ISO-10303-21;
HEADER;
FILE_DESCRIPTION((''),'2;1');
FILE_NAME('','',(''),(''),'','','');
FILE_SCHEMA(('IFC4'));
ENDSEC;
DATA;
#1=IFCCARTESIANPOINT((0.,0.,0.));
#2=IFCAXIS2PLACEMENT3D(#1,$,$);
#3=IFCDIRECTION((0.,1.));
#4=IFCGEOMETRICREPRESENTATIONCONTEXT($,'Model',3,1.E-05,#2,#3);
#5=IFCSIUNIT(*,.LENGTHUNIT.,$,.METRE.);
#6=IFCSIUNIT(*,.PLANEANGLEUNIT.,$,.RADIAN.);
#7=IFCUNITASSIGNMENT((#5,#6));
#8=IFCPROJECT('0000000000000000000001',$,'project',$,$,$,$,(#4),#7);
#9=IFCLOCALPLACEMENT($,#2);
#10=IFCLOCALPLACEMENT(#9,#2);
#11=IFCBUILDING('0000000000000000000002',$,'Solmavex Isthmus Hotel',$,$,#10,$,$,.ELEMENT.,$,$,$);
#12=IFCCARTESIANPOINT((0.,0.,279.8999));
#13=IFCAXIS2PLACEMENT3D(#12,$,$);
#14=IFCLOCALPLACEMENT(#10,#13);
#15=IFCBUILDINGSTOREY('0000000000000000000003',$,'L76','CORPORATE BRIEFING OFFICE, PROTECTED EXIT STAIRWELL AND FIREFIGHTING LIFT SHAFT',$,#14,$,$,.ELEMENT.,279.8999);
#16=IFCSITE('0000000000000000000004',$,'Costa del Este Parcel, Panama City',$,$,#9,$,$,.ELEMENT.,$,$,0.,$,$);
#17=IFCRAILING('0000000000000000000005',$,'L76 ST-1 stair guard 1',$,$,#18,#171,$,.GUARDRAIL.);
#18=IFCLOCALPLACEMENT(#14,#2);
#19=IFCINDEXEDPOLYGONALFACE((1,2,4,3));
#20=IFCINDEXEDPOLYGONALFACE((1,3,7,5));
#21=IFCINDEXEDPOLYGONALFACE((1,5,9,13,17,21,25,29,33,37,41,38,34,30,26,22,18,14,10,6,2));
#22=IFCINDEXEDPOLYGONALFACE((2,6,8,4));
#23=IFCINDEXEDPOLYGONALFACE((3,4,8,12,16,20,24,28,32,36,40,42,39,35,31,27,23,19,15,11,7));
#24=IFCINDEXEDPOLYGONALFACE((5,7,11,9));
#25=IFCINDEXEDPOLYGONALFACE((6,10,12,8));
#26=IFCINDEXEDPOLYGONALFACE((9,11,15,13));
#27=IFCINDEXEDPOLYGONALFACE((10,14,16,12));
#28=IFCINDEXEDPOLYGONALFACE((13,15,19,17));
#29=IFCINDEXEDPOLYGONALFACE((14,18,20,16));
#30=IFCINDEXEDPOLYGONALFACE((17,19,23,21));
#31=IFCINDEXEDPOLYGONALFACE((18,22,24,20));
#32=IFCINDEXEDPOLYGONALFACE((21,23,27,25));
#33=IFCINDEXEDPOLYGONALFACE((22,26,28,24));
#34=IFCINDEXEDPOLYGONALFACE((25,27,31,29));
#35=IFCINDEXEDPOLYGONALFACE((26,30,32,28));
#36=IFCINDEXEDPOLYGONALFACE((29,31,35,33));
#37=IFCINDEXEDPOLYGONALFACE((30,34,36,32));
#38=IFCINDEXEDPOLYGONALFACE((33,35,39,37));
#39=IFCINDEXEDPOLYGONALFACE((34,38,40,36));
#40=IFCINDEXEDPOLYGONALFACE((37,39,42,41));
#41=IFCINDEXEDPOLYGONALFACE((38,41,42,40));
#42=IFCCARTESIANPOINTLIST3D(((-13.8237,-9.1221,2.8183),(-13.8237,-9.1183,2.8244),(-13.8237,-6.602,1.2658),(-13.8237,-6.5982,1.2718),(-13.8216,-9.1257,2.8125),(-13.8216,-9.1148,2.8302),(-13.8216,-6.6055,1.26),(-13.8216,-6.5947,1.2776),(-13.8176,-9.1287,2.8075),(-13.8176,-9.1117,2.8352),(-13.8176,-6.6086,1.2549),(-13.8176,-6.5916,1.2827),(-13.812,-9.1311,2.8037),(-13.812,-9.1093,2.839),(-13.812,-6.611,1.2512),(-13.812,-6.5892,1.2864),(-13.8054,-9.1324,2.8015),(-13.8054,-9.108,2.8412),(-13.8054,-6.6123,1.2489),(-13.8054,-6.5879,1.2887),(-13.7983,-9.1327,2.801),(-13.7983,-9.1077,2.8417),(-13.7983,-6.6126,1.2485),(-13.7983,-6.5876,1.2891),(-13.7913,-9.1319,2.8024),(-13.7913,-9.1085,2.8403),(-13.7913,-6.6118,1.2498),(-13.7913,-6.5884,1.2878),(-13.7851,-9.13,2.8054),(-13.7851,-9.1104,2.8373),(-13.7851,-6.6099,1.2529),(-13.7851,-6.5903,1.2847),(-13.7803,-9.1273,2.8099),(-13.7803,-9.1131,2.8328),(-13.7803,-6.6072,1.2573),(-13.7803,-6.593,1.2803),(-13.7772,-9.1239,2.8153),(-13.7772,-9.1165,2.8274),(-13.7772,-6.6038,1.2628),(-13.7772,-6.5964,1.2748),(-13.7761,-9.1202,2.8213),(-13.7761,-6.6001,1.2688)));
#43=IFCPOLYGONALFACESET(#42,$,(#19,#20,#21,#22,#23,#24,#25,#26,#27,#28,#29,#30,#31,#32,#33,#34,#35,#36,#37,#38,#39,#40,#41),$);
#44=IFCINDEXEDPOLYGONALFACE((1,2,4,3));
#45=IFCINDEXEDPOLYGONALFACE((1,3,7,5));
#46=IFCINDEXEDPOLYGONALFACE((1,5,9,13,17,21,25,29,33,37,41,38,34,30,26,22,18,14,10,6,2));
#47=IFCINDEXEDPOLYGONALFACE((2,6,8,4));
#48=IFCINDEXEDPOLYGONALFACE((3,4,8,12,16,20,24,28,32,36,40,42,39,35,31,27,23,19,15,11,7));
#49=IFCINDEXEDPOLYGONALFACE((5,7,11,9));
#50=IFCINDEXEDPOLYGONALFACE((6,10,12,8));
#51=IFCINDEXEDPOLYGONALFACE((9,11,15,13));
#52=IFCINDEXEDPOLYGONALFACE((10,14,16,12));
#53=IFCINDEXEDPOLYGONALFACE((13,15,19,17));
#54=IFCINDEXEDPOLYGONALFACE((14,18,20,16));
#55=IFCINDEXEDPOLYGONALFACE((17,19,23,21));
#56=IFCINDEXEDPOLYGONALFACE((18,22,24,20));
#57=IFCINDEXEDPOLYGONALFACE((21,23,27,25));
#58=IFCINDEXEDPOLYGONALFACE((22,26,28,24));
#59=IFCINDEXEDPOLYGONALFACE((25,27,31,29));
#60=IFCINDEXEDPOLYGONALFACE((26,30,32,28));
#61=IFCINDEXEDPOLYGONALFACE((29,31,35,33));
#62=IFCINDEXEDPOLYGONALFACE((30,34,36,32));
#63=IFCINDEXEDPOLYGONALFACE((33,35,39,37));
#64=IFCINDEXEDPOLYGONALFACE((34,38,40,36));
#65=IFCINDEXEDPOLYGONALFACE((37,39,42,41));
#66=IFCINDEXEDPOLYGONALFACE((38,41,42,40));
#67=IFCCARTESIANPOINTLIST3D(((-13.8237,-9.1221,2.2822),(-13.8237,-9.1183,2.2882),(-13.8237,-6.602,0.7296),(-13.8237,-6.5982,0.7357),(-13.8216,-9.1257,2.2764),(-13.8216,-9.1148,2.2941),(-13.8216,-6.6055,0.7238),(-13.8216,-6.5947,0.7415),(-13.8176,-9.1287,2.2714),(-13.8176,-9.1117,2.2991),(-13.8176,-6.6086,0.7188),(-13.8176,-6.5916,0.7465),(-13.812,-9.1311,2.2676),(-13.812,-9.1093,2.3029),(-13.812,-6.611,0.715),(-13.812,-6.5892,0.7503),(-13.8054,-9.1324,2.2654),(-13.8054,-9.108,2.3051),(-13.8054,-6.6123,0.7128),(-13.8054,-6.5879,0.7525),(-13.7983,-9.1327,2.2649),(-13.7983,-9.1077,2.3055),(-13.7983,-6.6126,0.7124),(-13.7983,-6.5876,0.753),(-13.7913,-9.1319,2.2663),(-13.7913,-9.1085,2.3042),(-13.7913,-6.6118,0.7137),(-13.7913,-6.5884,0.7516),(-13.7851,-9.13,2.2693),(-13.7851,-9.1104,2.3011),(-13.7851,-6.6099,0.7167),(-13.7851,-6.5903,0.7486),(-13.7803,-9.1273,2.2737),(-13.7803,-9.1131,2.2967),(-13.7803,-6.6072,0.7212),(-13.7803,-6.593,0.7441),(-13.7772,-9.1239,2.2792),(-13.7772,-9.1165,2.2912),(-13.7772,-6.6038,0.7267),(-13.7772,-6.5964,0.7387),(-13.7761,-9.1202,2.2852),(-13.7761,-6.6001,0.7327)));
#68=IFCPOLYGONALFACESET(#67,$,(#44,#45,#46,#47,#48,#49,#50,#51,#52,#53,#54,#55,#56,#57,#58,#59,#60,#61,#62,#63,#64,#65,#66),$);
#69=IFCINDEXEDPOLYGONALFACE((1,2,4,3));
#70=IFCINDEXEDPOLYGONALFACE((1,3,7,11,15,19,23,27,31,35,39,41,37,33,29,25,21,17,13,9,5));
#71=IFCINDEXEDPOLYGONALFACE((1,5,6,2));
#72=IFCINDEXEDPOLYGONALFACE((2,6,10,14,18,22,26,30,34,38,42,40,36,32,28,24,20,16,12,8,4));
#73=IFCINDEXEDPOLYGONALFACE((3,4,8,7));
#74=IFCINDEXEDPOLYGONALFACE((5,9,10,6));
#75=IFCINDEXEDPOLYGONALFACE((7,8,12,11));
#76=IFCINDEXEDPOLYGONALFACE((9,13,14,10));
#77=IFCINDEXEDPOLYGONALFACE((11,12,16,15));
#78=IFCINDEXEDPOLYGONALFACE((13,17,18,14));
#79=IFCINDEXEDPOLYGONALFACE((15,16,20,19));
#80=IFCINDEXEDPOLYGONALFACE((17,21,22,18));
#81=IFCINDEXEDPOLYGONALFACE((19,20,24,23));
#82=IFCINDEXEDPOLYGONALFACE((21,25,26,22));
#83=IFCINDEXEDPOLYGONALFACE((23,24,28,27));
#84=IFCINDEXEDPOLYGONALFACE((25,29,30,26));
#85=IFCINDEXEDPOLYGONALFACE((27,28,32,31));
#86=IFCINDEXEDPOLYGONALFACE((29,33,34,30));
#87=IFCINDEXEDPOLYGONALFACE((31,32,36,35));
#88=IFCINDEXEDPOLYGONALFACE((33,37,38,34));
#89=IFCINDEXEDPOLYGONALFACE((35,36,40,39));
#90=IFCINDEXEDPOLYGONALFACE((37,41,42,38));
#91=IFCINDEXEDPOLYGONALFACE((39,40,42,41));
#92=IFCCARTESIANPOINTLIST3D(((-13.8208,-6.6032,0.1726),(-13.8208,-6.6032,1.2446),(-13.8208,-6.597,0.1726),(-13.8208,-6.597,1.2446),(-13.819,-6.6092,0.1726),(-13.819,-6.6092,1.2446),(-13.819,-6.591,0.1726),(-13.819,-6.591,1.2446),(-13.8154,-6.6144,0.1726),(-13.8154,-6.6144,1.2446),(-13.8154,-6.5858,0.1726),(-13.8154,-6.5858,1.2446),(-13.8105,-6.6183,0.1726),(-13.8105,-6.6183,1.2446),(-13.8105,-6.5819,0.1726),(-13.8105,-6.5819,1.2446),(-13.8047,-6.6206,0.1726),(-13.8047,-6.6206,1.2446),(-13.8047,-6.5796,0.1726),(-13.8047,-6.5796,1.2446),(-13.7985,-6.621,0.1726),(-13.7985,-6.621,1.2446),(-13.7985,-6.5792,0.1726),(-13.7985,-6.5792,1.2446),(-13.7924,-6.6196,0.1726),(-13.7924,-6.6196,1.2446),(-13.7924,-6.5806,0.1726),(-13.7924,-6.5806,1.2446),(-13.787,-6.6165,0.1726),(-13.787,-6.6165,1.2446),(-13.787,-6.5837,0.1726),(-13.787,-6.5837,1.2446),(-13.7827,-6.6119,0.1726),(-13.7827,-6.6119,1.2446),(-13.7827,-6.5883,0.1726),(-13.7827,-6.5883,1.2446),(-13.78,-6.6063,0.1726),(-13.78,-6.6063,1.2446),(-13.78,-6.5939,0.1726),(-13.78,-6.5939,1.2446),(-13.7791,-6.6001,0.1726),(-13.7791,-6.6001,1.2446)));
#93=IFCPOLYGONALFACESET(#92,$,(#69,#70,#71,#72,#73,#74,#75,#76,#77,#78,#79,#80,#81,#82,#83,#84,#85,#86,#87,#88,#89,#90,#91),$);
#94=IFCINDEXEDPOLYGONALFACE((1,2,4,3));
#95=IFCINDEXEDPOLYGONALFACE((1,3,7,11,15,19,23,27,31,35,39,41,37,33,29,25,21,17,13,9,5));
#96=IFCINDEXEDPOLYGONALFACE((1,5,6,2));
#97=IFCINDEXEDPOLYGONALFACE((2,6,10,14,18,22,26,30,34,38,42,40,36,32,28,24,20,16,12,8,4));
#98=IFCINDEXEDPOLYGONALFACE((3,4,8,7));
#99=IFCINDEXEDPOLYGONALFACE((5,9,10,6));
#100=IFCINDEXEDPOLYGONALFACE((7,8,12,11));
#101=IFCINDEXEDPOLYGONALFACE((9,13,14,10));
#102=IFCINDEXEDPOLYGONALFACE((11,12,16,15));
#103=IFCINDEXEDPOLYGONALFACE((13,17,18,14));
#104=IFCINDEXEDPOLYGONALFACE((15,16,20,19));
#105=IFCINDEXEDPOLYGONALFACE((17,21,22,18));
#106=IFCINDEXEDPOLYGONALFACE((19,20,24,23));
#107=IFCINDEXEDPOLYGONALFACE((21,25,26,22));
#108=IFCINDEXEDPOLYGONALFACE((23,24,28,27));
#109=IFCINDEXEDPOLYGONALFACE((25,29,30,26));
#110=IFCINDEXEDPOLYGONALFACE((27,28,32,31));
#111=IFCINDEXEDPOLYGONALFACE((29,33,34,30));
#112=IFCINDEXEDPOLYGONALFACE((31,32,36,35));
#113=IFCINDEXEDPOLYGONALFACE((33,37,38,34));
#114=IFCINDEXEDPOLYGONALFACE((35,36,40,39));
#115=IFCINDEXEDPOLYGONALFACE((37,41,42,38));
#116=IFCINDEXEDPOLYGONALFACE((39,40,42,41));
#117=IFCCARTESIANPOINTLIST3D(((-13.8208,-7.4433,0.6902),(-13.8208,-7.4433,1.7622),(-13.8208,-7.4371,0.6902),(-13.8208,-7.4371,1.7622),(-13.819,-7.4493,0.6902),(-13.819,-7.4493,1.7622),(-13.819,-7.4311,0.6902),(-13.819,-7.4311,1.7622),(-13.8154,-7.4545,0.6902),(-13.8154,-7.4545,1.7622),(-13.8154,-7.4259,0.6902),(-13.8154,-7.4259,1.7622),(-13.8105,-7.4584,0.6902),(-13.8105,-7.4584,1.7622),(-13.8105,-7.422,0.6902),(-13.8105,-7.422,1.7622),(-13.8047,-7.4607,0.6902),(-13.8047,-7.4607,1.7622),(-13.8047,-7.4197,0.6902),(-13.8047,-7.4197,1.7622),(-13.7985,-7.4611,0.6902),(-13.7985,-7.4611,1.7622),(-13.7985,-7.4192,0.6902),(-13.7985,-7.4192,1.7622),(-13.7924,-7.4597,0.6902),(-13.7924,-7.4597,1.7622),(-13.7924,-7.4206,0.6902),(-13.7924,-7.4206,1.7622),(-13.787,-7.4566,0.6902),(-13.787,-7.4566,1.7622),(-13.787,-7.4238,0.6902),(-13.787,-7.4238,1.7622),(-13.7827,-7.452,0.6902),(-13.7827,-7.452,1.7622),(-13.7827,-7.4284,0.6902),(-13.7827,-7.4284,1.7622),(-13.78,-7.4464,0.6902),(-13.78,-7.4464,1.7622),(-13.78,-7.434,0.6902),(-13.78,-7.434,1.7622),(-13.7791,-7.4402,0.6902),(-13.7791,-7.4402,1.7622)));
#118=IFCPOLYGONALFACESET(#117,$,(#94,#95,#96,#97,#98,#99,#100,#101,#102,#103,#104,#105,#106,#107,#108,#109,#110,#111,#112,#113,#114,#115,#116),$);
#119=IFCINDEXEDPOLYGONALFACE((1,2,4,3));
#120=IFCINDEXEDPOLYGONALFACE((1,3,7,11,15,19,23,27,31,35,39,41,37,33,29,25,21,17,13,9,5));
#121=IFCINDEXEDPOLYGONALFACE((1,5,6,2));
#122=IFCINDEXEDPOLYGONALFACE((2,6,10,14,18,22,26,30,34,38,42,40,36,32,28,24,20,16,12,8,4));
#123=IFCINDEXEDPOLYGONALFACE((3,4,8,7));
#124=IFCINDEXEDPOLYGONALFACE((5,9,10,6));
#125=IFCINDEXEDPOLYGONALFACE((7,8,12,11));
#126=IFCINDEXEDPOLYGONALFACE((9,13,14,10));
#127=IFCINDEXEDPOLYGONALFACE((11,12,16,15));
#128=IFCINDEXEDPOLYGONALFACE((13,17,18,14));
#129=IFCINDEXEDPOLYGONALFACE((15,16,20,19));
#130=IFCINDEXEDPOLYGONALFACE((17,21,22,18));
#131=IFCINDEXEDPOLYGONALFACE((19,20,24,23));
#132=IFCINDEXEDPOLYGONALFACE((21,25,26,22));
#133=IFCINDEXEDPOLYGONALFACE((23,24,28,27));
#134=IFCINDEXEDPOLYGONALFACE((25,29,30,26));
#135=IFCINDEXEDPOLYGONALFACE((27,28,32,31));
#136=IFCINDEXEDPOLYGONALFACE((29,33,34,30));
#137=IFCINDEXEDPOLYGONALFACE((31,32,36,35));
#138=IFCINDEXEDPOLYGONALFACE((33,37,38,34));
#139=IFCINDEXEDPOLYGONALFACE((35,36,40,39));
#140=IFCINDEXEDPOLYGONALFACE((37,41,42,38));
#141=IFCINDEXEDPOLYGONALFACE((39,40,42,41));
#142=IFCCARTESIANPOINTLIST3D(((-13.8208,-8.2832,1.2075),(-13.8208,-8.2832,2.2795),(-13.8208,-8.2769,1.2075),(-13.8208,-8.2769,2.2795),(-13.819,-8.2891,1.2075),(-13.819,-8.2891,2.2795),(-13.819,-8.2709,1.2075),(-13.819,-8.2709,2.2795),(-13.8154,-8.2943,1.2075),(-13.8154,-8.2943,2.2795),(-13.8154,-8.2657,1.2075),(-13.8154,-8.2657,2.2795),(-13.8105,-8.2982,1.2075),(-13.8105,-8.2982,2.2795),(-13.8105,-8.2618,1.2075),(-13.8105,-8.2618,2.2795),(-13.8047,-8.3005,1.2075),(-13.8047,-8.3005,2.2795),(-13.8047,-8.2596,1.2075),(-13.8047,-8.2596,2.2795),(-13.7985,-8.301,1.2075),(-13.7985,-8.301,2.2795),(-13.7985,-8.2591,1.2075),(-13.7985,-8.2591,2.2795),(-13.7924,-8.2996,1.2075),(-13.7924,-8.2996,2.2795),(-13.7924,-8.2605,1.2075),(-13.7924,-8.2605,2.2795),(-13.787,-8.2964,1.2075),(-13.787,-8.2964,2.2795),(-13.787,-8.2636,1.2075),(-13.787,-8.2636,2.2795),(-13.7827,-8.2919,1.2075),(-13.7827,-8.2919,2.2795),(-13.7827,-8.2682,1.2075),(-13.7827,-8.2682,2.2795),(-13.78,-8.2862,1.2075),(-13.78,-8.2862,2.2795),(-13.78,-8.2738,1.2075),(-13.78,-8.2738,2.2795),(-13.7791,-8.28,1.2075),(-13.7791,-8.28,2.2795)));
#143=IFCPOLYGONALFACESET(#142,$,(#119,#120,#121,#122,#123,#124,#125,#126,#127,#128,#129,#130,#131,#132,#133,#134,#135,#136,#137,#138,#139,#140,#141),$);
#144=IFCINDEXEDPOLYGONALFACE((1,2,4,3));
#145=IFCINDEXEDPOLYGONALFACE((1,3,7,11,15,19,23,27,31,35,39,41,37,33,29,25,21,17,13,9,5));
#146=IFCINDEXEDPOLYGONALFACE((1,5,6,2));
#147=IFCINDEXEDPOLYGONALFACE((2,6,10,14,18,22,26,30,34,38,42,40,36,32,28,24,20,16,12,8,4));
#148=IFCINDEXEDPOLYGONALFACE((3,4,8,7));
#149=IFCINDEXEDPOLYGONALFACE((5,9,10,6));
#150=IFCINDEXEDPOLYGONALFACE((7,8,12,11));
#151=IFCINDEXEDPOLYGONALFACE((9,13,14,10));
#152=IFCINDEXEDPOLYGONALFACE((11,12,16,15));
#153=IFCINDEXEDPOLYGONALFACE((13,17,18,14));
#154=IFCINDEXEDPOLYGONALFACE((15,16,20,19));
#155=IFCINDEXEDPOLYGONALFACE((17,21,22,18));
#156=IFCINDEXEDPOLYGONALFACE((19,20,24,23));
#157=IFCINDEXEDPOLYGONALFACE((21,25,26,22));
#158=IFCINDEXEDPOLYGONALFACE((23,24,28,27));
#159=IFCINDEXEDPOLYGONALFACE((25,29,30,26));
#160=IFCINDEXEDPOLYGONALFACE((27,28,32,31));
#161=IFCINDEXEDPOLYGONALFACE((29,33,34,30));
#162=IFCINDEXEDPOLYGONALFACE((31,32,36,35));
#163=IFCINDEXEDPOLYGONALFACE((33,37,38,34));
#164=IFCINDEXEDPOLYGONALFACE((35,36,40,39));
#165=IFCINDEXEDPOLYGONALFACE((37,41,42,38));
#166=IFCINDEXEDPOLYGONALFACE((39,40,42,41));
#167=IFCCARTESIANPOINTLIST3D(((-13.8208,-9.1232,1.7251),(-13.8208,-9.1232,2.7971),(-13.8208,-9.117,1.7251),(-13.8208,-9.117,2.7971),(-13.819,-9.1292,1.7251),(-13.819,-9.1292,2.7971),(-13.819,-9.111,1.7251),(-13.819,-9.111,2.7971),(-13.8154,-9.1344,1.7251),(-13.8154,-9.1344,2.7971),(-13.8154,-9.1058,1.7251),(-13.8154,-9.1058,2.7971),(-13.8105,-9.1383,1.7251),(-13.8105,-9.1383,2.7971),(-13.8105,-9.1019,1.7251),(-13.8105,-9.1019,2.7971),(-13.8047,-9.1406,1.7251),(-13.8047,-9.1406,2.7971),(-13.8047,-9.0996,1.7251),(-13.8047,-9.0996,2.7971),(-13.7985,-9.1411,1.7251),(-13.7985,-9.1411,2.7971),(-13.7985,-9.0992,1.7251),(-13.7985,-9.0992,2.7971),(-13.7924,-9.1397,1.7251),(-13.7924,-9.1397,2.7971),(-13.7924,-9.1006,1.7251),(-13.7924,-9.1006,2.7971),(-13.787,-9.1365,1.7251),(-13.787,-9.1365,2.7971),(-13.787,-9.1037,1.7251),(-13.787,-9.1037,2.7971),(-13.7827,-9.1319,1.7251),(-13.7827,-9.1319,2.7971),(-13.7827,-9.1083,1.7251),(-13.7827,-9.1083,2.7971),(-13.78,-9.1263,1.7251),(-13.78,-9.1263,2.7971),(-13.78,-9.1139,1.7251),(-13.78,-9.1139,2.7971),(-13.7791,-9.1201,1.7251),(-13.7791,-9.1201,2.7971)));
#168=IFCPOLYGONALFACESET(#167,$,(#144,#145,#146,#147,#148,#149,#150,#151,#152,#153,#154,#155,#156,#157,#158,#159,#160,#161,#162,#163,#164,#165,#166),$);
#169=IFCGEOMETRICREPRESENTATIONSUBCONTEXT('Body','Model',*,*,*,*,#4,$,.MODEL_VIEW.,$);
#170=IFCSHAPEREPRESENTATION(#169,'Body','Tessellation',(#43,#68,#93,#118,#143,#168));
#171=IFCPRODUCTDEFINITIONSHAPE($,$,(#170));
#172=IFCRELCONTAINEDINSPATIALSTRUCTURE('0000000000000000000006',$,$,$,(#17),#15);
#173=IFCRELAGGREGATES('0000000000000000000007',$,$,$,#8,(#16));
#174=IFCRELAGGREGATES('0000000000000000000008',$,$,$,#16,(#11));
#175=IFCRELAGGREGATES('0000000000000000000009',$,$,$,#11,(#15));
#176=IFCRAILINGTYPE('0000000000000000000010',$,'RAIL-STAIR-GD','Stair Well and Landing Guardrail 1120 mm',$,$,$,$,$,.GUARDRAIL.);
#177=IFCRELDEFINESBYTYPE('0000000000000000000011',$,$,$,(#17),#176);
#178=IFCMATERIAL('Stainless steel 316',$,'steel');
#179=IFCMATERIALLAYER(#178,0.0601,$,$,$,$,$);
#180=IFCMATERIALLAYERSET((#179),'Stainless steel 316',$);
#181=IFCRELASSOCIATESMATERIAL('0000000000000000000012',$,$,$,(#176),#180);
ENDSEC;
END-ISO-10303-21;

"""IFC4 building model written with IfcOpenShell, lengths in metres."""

from ifc_helpers import new_model, si_unit, direction, frame, origin, origin_2d, place, context, subcontext, project, spatial, circle, extrude, material, layer, layer_set, type_object, element, save


model = new_model("IFC4")

# Units and contexts
model_context = context("Model", 3, precision=1e-05, world=origin(), true_north=direction((0.0, 1.0)))
body_context = subcontext(model_context, "Body", "Model", "MODEL_VIEW")
ifc_project = project(units=[si_unit("LENGTHUNIT", "METRE"), si_unit("PLANEANGLEUNIT", "RADIAN")], contexts=[model_context])

# Site, building, storey
site_placement = place(None, origin())
site = spatial("IfcSite", under=ifc_project, at=site_placement, Name="Costa del Este Parcel, Panama City", CompositionType="ELEMENT", RefElevation=0.0)
building_placement = place(site_placement, origin())
building = spatial("IfcBuilding", under=site, at=building_placement, Name="Solmavex Isthmus Hotel", CompositionType="ELEMENT")
storey_placement = place(building_placement, frame((0.0, 0.0, 279.8999)))
storey = spatial("IfcBuildingStorey", under=building, at=storey_placement, Name="L76", Description="CORPORATE BRIEFING OFFICE, PROTECTED EXIT STAIRWELL AND FIREFIGHTING LIFT SHAFT", CompositionType="ELEMENT", Elevation=279.8999)

# Shared definitions
ifc_material_1 = material(Name="Stainless steel 316", Category="steel")

# Railing
ifc_layer_1 = layer(ifc_material_1, 0.0601)
ifc_layer_set_1 = layer_set([ifc_layer_1], Name="Stainless steel 316")
railing_type_1 = type_object("IfcRailingType", Name="RAIL-STAIR-GD", Description="Stair Well and Landing Guardrail 1120 mm", PredefinedType="GUARDRAIL", material=ifc_layer_set_1)
railing_1_placement = place(storey_placement, frame((-13.8, -6.6001, 0.1726)))
element("IfcRailing", 1, at=railing_1_placement, inside=storey, type_object=railing_type_1, Name="L76 ST-1 stair guard 1", PredefinedType="GUARDRAIL", context=body_context, shape_type="SweptSolid", body=[
    extrude(circle(Radius=0.0239, at=origin_2d()), frame((0.0, 0.0, 1.0962), z_axis=(0.0, -0.8514, 0.524516), x_axis=(1.0, 0.0, 0.0)), (0.0, 0.0, 1.0), 2.96),
    extrude(circle(Radius=0.0239, at=origin_2d()), frame((0.0, 0.0, 0.5601), z_axis=(0.0, -0.8514, 0.524516), x_axis=(1.0, 0.0, 0.0)), (0.0, 0.0, 1.0), 2.96),
    extrude(circle(Radius=0.021, at=origin_2d()), origin(), (0.0, 0.0, 1.0), 1.072),
    extrude(circle(Radius=0.021, at=origin_2d()), frame((0.0, -0.8401, 0.5176)), (0.0, 0.0, 1.0), 1.072),
    extrude(circle(Radius=0.021, at=origin_2d()), frame((0.0, -1.6799, 1.0349)), (0.0, 0.0, 1.0), 1.072),
    extrude(circle(Radius=0.021, at=origin_2d()), frame((0.0, -2.52, 1.5525)), (0.0, 0.0, 1.0), 1.072),
])

save(model, "model.ifc")
